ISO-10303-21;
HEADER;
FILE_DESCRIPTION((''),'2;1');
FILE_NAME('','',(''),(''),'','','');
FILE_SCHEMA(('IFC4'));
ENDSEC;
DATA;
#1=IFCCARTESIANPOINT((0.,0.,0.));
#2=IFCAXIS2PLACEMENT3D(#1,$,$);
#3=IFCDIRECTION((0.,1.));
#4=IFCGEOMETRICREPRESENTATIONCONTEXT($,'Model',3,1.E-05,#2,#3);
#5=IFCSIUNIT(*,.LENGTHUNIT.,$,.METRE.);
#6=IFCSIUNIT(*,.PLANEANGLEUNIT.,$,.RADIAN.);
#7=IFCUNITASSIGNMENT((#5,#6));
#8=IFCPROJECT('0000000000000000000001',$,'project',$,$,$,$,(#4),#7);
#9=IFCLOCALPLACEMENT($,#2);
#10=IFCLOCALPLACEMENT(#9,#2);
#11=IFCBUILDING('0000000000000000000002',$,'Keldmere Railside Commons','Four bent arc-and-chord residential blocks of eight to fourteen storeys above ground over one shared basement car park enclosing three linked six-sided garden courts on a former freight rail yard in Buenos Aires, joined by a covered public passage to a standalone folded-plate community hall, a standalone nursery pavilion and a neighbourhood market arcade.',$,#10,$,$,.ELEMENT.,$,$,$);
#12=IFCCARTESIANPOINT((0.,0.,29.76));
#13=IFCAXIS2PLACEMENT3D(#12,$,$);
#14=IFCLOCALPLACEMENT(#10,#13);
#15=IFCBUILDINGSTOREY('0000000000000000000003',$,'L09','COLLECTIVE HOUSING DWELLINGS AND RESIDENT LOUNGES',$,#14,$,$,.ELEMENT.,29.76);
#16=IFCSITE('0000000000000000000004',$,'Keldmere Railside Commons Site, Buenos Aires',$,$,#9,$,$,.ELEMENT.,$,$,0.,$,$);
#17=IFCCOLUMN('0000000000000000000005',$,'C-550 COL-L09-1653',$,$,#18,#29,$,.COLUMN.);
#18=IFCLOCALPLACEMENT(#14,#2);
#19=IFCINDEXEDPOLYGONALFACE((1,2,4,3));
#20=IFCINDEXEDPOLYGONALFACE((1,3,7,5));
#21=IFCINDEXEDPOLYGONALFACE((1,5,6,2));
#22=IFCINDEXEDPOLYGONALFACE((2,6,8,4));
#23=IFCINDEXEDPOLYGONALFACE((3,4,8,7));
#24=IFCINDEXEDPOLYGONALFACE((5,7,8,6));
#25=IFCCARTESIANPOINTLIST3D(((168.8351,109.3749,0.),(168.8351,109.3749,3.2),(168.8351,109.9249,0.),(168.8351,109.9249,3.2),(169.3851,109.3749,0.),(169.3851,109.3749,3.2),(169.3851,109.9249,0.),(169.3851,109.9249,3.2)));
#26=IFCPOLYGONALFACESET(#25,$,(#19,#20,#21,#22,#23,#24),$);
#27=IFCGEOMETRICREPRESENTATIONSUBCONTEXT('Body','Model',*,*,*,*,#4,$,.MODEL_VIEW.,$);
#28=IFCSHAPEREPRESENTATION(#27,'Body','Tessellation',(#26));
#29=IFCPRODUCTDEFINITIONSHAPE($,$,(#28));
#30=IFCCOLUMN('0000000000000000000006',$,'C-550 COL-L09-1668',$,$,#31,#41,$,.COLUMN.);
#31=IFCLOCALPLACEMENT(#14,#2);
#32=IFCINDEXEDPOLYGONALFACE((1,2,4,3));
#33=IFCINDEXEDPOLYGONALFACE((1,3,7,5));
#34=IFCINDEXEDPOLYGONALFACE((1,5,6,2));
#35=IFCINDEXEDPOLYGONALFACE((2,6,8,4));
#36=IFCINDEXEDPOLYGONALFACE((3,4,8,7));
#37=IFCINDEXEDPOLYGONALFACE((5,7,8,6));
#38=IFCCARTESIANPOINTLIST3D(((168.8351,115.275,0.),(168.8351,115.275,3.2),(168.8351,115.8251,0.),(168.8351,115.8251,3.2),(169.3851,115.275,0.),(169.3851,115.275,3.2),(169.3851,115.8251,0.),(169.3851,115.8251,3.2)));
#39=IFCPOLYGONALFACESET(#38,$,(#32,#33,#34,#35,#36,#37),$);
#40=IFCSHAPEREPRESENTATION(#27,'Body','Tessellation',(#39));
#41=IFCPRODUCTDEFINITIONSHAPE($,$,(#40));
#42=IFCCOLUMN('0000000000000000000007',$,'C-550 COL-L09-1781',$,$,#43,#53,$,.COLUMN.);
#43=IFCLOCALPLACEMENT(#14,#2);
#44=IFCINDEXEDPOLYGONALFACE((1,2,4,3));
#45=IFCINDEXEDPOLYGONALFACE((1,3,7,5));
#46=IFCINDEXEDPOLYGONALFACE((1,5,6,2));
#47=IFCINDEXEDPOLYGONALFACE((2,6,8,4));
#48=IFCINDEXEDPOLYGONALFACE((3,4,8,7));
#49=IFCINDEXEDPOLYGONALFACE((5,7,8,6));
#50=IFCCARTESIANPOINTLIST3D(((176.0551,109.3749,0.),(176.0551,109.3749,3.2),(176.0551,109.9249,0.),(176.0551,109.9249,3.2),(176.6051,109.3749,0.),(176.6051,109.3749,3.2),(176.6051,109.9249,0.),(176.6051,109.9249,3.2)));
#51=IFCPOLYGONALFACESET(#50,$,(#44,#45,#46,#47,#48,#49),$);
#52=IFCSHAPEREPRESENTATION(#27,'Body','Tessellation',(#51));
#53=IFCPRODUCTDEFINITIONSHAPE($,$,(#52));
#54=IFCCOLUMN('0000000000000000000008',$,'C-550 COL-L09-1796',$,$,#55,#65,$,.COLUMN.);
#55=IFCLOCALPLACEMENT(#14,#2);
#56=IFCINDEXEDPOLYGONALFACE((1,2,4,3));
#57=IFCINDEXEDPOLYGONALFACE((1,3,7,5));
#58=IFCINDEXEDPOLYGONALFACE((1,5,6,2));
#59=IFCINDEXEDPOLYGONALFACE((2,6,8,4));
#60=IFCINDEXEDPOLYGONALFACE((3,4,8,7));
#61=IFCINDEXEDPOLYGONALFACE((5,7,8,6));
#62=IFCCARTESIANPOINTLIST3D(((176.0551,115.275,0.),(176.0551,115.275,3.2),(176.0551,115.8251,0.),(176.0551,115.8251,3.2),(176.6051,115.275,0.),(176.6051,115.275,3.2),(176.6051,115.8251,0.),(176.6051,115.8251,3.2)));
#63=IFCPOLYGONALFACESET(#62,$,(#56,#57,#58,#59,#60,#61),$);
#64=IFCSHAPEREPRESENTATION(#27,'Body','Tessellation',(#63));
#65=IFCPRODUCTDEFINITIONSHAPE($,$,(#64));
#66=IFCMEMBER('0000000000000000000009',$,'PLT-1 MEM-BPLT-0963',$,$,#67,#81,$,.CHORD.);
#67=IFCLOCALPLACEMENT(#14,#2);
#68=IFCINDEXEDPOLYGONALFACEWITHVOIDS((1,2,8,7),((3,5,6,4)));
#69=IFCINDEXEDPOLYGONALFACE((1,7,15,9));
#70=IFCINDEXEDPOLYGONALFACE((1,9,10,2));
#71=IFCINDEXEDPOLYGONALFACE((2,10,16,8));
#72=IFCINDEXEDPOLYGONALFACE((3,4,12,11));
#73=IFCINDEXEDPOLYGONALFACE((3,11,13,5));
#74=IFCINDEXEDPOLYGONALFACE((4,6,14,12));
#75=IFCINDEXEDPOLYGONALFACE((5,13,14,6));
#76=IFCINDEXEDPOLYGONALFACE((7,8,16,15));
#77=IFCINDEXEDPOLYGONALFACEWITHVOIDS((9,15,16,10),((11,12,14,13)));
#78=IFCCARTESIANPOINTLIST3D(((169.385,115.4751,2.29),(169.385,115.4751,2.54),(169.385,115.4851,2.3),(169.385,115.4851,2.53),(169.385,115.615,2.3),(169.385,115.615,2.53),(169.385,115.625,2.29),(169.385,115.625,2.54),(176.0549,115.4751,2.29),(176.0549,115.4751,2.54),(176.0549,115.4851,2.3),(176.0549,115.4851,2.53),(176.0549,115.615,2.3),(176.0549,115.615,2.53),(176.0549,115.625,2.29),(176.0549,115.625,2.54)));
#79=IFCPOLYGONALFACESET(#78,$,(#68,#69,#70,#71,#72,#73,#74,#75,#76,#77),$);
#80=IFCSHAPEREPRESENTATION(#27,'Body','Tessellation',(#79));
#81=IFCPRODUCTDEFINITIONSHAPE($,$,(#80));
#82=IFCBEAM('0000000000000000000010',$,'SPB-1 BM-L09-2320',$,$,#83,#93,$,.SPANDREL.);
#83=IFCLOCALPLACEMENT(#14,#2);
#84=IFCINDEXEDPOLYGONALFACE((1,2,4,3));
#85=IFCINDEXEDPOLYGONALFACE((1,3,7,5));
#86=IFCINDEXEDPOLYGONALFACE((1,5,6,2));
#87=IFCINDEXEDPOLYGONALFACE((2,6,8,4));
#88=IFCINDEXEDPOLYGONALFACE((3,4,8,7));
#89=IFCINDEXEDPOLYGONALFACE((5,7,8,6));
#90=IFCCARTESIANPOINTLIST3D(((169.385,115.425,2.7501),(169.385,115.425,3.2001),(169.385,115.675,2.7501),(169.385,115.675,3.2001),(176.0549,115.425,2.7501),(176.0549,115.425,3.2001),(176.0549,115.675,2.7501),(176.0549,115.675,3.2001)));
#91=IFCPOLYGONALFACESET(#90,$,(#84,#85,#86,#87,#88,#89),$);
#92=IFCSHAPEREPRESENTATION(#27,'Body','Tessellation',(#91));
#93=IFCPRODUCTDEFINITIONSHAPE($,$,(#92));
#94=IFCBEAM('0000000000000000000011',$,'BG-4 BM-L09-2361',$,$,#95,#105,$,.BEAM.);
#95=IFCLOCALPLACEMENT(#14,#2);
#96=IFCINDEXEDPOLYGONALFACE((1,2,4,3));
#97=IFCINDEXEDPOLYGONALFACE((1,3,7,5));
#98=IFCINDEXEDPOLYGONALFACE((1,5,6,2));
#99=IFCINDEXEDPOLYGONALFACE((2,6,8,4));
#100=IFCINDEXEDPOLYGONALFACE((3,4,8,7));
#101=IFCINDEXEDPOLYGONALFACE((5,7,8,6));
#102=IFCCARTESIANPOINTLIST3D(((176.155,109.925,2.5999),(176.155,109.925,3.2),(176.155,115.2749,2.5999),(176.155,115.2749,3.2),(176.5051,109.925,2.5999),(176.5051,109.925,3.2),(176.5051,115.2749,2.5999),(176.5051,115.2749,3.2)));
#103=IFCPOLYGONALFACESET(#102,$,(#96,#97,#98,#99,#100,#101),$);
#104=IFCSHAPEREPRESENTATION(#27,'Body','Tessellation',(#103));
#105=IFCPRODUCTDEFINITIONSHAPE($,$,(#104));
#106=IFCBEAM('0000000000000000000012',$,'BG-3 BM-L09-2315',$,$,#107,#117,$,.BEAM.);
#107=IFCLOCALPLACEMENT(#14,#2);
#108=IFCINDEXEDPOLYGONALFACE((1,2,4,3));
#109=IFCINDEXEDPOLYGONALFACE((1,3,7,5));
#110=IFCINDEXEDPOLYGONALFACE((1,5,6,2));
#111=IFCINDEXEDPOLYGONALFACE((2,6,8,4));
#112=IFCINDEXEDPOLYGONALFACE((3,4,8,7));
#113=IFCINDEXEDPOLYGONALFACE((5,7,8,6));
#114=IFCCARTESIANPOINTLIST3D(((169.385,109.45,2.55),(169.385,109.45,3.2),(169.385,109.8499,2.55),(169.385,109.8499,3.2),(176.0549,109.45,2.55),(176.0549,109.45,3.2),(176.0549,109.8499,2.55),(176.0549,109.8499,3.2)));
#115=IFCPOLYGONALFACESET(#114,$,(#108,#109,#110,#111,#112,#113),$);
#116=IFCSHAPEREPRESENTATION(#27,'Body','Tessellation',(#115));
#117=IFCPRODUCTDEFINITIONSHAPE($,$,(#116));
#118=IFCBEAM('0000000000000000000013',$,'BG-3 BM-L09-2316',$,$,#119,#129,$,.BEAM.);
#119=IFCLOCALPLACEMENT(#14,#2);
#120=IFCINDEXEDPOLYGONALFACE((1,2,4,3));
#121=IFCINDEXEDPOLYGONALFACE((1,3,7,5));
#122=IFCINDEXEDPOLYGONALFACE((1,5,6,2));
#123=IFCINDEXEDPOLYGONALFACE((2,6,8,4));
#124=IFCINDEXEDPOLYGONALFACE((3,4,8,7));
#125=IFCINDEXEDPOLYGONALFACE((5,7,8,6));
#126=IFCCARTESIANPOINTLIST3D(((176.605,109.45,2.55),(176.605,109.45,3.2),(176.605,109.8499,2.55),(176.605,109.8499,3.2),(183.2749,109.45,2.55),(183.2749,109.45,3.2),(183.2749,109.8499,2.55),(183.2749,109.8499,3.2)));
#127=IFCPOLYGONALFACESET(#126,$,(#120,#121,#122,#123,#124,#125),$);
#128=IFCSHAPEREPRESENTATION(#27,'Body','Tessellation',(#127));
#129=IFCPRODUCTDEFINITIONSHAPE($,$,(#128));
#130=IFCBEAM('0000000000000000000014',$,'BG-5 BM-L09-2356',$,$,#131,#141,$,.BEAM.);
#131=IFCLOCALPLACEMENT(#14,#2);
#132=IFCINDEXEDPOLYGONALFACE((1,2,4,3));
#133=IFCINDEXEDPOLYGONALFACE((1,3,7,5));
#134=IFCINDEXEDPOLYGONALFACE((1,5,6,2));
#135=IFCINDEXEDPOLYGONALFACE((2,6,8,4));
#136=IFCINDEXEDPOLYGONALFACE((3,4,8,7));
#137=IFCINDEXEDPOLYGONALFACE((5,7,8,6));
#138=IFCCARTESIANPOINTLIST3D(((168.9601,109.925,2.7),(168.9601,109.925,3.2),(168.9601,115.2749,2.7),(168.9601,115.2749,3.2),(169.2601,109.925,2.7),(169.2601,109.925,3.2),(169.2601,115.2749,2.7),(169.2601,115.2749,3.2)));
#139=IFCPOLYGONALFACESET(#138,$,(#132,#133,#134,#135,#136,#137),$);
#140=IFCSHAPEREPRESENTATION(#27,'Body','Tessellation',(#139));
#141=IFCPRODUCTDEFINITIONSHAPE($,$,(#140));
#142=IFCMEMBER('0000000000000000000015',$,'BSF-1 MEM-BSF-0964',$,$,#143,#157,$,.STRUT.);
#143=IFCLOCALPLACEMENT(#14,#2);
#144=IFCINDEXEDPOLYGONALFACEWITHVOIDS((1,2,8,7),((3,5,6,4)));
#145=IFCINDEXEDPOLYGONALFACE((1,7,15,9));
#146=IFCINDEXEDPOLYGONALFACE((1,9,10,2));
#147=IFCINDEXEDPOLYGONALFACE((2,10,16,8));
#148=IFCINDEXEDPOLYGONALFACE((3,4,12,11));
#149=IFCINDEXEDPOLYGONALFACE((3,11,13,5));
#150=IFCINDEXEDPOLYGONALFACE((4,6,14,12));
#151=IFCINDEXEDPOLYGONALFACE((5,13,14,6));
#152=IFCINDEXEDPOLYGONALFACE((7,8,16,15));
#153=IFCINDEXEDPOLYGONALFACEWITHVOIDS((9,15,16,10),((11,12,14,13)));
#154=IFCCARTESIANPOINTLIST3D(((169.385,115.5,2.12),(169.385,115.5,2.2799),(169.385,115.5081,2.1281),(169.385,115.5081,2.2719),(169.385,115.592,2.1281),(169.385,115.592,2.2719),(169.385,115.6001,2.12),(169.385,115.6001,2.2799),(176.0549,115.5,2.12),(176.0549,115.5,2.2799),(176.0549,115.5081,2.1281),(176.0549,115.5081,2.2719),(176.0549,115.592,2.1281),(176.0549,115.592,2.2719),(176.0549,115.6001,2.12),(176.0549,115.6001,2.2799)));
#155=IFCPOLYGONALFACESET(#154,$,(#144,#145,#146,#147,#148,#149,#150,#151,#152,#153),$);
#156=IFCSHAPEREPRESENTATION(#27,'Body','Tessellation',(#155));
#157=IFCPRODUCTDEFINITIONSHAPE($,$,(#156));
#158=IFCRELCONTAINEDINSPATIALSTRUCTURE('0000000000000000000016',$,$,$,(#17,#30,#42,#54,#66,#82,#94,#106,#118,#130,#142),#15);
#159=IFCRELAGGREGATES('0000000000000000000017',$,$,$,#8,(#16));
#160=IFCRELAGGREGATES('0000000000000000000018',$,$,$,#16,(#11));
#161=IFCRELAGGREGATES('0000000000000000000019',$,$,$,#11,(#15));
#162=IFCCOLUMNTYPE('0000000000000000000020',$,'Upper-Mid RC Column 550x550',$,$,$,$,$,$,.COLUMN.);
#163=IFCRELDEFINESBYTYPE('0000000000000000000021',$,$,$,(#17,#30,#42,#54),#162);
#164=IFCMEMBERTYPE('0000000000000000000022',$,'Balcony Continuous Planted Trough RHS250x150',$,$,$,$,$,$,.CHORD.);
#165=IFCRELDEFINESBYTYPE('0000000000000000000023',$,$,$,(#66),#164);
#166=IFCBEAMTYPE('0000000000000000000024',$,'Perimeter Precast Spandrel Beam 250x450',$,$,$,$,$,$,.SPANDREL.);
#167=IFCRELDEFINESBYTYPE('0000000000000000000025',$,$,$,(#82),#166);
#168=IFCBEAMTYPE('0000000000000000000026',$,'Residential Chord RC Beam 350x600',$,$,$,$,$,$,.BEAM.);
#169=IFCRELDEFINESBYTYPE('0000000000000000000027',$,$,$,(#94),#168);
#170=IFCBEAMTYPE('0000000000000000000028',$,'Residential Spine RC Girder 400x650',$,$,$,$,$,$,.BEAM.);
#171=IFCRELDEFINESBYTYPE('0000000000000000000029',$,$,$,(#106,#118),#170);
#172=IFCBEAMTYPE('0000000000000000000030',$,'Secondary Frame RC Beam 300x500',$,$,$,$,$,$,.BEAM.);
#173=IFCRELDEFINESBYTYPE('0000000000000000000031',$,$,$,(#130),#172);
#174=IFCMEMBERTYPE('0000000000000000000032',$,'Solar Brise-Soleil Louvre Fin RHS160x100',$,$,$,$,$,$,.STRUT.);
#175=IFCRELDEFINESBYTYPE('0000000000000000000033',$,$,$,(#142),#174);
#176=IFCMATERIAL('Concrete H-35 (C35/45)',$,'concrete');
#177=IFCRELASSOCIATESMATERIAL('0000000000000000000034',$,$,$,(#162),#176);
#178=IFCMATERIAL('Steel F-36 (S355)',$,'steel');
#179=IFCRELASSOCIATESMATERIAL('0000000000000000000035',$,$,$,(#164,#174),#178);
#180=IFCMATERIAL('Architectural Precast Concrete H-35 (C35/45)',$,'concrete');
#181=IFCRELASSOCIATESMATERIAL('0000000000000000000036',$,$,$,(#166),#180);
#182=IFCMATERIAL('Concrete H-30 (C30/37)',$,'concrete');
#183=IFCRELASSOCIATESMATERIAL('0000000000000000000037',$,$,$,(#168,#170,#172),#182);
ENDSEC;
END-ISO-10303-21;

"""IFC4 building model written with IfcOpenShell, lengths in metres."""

from ifc_helpers import new_model, si_unit, direction, frame, origin, origin_2d, place, context, subcontext, project, spatial, rectangle, hollow_rectangle, extrude, material, material_profile, profile_set, type_object, element, save


model = new_model("IFC4")

# Units and contexts
model_context = context("Model", 3, precision=1e-05, world=origin(), true_north=direction((0.0, 1.0)))
body_context = subcontext(model_context, "Body", "Model", "MODEL_VIEW")
ifc_project = project(units=[si_unit("LENGTHUNIT", "METRE"), si_unit("PLANEANGLEUNIT", "RADIAN")], contexts=[model_context])

# Site, building, storey
site_placement = place(None, origin())
site = spatial("IfcSite", under=ifc_project, at=site_placement, Name="Keldmere Railside Commons Site, Buenos Aires", CompositionType="ELEMENT", RefElevation=0.0)
building_placement = place(site_placement, origin())
building = spatial("IfcBuilding", under=site, at=building_placement, Name="Keldmere Railside Commons", Description="Four bent arc-and-chord residential blocks of eight to fourteen storeys above ground over one shared basement car park enclosing three linked six-sided garden courts on a former freight rail yard in Buenos Aires, joined by a covered public passage to a standalone folded-plate community hall, a standalone nursery pavilion and a neighbourhood market arcade.", CompositionType="ELEMENT")
storey_placement = place(building_placement, frame((0.0, 0.0, 29.76)))
storey = spatial("IfcBuildingStorey", under=building, at=storey_placement, Name="L09", Description="COLLECTIVE HOUSING DWELLINGS AND RESIDENT LOUNGES", CompositionType="ELEMENT", Elevation=29.76)

# Columns
ifc_material_1 = material(Name="Concrete H-35 (C35/45)", Category="concrete")
ifc_material_profile_1 = material_profile(ifc_material_1, rectangle(XDim=0.55, YDim=0.55, at=origin_2d()), Name="RC-550x550")
ifc_profile_set_1 = profile_set([ifc_material_profile_1], Name="Concrete H-35 (C35/45)")
column_type = type_object("IfcColumnType", Name="Upper-Mid RC Column 550x550", PredefinedType="COLUMN", material=ifc_profile_set_1)
for number, where, z_axis, x_axis, name in (
    (1, (169.1101, 109.6499, 0.0), (0.0, 0.0, 1.0), (1.0, 0.0, 0.0), "C-550 COL-L09-1653"),
    (2, (169.1101, 115.55, 0.0), (0.0, 0.0, 1.0), (1.0, 0.0, 0.0), "C-550 COL-L09-1668"),
    (3, (176.3301, 109.6499, 0.0), (0.0, 0.0, 1.0), (1.0, 0.0, 0.0), "C-550 COL-L09-1781"),
    (4, (176.3301, 115.55, 0.0), (0.0, 0.0, 1.0), (1.0, 0.0, 0.0), "C-550 COL-L09-1796"),
):
    element("IfcColumn", number, at=place(storey_placement, frame(where, z_axis=z_axis, x_axis=x_axis)), inside=storey, type_object=column_type, Name=name, PredefinedType="COLUMN", context=body_context, shape_type="SweptSolid", body=[
        extrude(rectangle(XDim=0.55, YDim=0.55, at=origin_2d()), origin(), (0.0, 0.0, 1.0), 3.2),
    ])

# Member
ifc_material_2 = material(Name="Steel F-36 (S355)", Category="steel")
ifc_material_profile_2 = material_profile(ifc_material_2, hollow_rectangle(XDim=0.1499, YDim=0.25, WallThickness=0.01, at=origin_2d()), Name="RHS-250x150x10")
ifc_profile_set_2 = profile_set([ifc_material_profile_2], Name="Steel F-36 (S355)")
member_type_1 = type_object("IfcMemberType", Name="Balcony Continuous Planted Trough RHS250x150", PredefinedType="CHORD", material=ifc_profile_set_2)
member_1_placement = place(storey_placement, frame((169.385, 115.55, 2.415), z_axis=(1.0, 0.0, 0.0), x_axis=(0.0, 1.0, 0.0)))
element("IfcMember", 5, at=member_1_placement, inside=storey, type_object=member_type_1, Name="PLT-1 MEM-BPLT-0963", PredefinedType="CHORD", context=body_context, shape_type="SweptSolid", body=[
    extrude(hollow_rectangle(XDim=0.1499, YDim=0.25, WallThickness=0.01, at=origin_2d()), origin(), (0.0, 0.0, 1.0), 6.6699),
])

# Beams
ifc_material_3 = material(Name="Architectural Precast Concrete H-35 (C35/45)", Category="concrete")
ifc_material_profile_3 = material_profile(ifc_material_3, rectangle(XDim=0.25, YDim=0.45, at=origin_2d()), Name="RC-250x450")
ifc_profile_set_3 = profile_set([ifc_material_profile_3], Name="Architectural Precast Concrete H-35 (C35/45)")
beam_type_1 = type_object("IfcBeamType", Name="Perimeter Precast Spandrel Beam 250x450", PredefinedType="SPANDREL", material=ifc_profile_set_3)
beam_1_placement = place(storey_placement, frame((169.385, 115.55, 2.9751), z_axis=(1.0, 0.0, 0.0), x_axis=(0.0, 1.0, 0.0)))
element("IfcBeam", 6, at=beam_1_placement, inside=storey, type_object=beam_type_1, Name="SPB-1 BM-L09-2320", PredefinedType="SPANDREL", context=body_context, shape_type="SweptSolid", body=[
    extrude(rectangle(XDim=0.25, YDim=0.45, at=origin_2d()), origin(), (0.0, 0.0, 1.0), 6.6699),
])
ifc_material_4 = material(Name="Concrete H-30 (C30/37)", Category="concrete")
ifc_material_profile_4 = material_profile(ifc_material_4, rectangle(XDim=0.3501, YDim=0.6001, at=origin_2d()), Name="RC-350x600")
ifc_profile_set_4 = profile_set([ifc_material_profile_4], Name="Concrete H-30 (C30/37)")
beam_type_2 = type_object("IfcBeamType", Name="Residential Chord RC Beam 350x600", PredefinedType="BEAM", material=ifc_profile_set_4)
beam_2_placement = place(storey_placement, frame((176.3301, 109.925, 2.8999), z_axis=(0.0, 1.0, 0.0), x_axis=(-1.0, 0.0, 0.0)))
element("IfcBeam", 7, at=beam_2_placement, inside=storey, type_object=beam_type_2, Name="BG-4 BM-L09-2361", PredefinedType="BEAM", context=body_context, shape_type="SweptSolid", body=[
    extrude(rectangle(XDim=0.3501, YDim=0.6001, at=origin_2d()), origin(), (0.0, 0.0, 1.0), 5.3499),
])
ifc_material_profile_5 = material_profile(ifc_material_4, rectangle(XDim=0.3999, YDim=0.6499, at=origin_2d()), Name="RC-400x650")
ifc_profile_set_5 = profile_set([ifc_material_profile_5], Name="Concrete H-30 (C30/37)")
beam_type_3 = type_object("IfcBeamType", Name="Residential Spine RC Girder 400x650", PredefinedType="BEAM", material=ifc_profile_set_5)
for number, where, z_axis, x_axis, name in (
    (8, (169.385, 109.6499, 2.875), (1.0, 0.0, 0.0), (0.0, 1.0, 0.0), "BG-3 BM-L09-2315"),
    (9, (176.605, 109.6499, 2.875), (1.0, 0.0, 0.0), (0.0, 1.0, 0.0), "BG-3 BM-L09-2316"),
):
    element("IfcBeam", number, at=place(storey_placement, frame(where, z_axis=z_axis, x_axis=x_axis)), inside=storey, type_object=beam_type_3, Name=name, PredefinedType="BEAM", context=body_context, shape_type="SweptSolid", body=[
        extrude(rectangle(XDim=0.3999, YDim=0.6499, at=origin_2d()), origin(), (0.0, 0.0, 1.0), 6.6699),
    ])
ifc_material_profile_6 = material_profile(ifc_material_4, rectangle(XDim=0.3, YDim=0.5, at=origin_2d()), Name="RC-300x500")
ifc_profile_set_6 = profile_set([ifc_material_profile_6], Name="Concrete H-30 (C30/37)")
beam_type_4 = type_object("IfcBeamType", Name="Secondary Frame RC Beam 300x500", PredefinedType="BEAM", material=ifc_profile_set_6)
beam_3_placement = place(storey_placement, frame((169.1101, 109.925, 2.95), z_axis=(0.0, 1.0, 0.0), x_axis=(-1.0, 0.0, 0.0)))
element("IfcBeam", 10, at=beam_3_placement, inside=storey, type_object=beam_type_4, Name="BG-5 BM-L09-2356", PredefinedType="BEAM", context=body_context, shape_type="SweptSolid", body=[
    extrude(rectangle(XDim=0.3, YDim=0.5, at=origin_2d()), origin(), (0.0, 0.0, 1.0), 5.3499),
])

# Member
ifc_material_profile_7 = material_profile(ifc_material_2, hollow_rectangle(XDim=0.1001, YDim=0.1599, WallThickness=0.0081, at=origin_2d()), Name="RHS-160x100x8")
ifc_profile_set_7 = profile_set([ifc_material_profile_7], Name="Steel F-36 (S355)")
member_type_2 = type_object("IfcMemberType", Name="Solar Brise-Soleil Louvre Fin RHS160x100", PredefinedType="STRUT", material=ifc_profile_set_7)
member_2_placement = place(storey_placement, frame((169.385, 115.55, 2.2), z_axis=(1.0, 0.0, 0.0), x_axis=(0.0, 1.0, 0.0)))
element("IfcMember", 11, at=member_2_placement, inside=storey, type_object=member_type_2, Name="BSF-1 MEM-BSF-0964", PredefinedType="STRUT", context=body_context, shape_type="SweptSolid", body=[
    extrude(hollow_rectangle(XDim=0.1001, YDim=0.1599, WallThickness=0.0081, at=origin_2d()), origin(), (0.0, 0.0, 1.0), 6.6699),
])

save(model, "model.ifc")
